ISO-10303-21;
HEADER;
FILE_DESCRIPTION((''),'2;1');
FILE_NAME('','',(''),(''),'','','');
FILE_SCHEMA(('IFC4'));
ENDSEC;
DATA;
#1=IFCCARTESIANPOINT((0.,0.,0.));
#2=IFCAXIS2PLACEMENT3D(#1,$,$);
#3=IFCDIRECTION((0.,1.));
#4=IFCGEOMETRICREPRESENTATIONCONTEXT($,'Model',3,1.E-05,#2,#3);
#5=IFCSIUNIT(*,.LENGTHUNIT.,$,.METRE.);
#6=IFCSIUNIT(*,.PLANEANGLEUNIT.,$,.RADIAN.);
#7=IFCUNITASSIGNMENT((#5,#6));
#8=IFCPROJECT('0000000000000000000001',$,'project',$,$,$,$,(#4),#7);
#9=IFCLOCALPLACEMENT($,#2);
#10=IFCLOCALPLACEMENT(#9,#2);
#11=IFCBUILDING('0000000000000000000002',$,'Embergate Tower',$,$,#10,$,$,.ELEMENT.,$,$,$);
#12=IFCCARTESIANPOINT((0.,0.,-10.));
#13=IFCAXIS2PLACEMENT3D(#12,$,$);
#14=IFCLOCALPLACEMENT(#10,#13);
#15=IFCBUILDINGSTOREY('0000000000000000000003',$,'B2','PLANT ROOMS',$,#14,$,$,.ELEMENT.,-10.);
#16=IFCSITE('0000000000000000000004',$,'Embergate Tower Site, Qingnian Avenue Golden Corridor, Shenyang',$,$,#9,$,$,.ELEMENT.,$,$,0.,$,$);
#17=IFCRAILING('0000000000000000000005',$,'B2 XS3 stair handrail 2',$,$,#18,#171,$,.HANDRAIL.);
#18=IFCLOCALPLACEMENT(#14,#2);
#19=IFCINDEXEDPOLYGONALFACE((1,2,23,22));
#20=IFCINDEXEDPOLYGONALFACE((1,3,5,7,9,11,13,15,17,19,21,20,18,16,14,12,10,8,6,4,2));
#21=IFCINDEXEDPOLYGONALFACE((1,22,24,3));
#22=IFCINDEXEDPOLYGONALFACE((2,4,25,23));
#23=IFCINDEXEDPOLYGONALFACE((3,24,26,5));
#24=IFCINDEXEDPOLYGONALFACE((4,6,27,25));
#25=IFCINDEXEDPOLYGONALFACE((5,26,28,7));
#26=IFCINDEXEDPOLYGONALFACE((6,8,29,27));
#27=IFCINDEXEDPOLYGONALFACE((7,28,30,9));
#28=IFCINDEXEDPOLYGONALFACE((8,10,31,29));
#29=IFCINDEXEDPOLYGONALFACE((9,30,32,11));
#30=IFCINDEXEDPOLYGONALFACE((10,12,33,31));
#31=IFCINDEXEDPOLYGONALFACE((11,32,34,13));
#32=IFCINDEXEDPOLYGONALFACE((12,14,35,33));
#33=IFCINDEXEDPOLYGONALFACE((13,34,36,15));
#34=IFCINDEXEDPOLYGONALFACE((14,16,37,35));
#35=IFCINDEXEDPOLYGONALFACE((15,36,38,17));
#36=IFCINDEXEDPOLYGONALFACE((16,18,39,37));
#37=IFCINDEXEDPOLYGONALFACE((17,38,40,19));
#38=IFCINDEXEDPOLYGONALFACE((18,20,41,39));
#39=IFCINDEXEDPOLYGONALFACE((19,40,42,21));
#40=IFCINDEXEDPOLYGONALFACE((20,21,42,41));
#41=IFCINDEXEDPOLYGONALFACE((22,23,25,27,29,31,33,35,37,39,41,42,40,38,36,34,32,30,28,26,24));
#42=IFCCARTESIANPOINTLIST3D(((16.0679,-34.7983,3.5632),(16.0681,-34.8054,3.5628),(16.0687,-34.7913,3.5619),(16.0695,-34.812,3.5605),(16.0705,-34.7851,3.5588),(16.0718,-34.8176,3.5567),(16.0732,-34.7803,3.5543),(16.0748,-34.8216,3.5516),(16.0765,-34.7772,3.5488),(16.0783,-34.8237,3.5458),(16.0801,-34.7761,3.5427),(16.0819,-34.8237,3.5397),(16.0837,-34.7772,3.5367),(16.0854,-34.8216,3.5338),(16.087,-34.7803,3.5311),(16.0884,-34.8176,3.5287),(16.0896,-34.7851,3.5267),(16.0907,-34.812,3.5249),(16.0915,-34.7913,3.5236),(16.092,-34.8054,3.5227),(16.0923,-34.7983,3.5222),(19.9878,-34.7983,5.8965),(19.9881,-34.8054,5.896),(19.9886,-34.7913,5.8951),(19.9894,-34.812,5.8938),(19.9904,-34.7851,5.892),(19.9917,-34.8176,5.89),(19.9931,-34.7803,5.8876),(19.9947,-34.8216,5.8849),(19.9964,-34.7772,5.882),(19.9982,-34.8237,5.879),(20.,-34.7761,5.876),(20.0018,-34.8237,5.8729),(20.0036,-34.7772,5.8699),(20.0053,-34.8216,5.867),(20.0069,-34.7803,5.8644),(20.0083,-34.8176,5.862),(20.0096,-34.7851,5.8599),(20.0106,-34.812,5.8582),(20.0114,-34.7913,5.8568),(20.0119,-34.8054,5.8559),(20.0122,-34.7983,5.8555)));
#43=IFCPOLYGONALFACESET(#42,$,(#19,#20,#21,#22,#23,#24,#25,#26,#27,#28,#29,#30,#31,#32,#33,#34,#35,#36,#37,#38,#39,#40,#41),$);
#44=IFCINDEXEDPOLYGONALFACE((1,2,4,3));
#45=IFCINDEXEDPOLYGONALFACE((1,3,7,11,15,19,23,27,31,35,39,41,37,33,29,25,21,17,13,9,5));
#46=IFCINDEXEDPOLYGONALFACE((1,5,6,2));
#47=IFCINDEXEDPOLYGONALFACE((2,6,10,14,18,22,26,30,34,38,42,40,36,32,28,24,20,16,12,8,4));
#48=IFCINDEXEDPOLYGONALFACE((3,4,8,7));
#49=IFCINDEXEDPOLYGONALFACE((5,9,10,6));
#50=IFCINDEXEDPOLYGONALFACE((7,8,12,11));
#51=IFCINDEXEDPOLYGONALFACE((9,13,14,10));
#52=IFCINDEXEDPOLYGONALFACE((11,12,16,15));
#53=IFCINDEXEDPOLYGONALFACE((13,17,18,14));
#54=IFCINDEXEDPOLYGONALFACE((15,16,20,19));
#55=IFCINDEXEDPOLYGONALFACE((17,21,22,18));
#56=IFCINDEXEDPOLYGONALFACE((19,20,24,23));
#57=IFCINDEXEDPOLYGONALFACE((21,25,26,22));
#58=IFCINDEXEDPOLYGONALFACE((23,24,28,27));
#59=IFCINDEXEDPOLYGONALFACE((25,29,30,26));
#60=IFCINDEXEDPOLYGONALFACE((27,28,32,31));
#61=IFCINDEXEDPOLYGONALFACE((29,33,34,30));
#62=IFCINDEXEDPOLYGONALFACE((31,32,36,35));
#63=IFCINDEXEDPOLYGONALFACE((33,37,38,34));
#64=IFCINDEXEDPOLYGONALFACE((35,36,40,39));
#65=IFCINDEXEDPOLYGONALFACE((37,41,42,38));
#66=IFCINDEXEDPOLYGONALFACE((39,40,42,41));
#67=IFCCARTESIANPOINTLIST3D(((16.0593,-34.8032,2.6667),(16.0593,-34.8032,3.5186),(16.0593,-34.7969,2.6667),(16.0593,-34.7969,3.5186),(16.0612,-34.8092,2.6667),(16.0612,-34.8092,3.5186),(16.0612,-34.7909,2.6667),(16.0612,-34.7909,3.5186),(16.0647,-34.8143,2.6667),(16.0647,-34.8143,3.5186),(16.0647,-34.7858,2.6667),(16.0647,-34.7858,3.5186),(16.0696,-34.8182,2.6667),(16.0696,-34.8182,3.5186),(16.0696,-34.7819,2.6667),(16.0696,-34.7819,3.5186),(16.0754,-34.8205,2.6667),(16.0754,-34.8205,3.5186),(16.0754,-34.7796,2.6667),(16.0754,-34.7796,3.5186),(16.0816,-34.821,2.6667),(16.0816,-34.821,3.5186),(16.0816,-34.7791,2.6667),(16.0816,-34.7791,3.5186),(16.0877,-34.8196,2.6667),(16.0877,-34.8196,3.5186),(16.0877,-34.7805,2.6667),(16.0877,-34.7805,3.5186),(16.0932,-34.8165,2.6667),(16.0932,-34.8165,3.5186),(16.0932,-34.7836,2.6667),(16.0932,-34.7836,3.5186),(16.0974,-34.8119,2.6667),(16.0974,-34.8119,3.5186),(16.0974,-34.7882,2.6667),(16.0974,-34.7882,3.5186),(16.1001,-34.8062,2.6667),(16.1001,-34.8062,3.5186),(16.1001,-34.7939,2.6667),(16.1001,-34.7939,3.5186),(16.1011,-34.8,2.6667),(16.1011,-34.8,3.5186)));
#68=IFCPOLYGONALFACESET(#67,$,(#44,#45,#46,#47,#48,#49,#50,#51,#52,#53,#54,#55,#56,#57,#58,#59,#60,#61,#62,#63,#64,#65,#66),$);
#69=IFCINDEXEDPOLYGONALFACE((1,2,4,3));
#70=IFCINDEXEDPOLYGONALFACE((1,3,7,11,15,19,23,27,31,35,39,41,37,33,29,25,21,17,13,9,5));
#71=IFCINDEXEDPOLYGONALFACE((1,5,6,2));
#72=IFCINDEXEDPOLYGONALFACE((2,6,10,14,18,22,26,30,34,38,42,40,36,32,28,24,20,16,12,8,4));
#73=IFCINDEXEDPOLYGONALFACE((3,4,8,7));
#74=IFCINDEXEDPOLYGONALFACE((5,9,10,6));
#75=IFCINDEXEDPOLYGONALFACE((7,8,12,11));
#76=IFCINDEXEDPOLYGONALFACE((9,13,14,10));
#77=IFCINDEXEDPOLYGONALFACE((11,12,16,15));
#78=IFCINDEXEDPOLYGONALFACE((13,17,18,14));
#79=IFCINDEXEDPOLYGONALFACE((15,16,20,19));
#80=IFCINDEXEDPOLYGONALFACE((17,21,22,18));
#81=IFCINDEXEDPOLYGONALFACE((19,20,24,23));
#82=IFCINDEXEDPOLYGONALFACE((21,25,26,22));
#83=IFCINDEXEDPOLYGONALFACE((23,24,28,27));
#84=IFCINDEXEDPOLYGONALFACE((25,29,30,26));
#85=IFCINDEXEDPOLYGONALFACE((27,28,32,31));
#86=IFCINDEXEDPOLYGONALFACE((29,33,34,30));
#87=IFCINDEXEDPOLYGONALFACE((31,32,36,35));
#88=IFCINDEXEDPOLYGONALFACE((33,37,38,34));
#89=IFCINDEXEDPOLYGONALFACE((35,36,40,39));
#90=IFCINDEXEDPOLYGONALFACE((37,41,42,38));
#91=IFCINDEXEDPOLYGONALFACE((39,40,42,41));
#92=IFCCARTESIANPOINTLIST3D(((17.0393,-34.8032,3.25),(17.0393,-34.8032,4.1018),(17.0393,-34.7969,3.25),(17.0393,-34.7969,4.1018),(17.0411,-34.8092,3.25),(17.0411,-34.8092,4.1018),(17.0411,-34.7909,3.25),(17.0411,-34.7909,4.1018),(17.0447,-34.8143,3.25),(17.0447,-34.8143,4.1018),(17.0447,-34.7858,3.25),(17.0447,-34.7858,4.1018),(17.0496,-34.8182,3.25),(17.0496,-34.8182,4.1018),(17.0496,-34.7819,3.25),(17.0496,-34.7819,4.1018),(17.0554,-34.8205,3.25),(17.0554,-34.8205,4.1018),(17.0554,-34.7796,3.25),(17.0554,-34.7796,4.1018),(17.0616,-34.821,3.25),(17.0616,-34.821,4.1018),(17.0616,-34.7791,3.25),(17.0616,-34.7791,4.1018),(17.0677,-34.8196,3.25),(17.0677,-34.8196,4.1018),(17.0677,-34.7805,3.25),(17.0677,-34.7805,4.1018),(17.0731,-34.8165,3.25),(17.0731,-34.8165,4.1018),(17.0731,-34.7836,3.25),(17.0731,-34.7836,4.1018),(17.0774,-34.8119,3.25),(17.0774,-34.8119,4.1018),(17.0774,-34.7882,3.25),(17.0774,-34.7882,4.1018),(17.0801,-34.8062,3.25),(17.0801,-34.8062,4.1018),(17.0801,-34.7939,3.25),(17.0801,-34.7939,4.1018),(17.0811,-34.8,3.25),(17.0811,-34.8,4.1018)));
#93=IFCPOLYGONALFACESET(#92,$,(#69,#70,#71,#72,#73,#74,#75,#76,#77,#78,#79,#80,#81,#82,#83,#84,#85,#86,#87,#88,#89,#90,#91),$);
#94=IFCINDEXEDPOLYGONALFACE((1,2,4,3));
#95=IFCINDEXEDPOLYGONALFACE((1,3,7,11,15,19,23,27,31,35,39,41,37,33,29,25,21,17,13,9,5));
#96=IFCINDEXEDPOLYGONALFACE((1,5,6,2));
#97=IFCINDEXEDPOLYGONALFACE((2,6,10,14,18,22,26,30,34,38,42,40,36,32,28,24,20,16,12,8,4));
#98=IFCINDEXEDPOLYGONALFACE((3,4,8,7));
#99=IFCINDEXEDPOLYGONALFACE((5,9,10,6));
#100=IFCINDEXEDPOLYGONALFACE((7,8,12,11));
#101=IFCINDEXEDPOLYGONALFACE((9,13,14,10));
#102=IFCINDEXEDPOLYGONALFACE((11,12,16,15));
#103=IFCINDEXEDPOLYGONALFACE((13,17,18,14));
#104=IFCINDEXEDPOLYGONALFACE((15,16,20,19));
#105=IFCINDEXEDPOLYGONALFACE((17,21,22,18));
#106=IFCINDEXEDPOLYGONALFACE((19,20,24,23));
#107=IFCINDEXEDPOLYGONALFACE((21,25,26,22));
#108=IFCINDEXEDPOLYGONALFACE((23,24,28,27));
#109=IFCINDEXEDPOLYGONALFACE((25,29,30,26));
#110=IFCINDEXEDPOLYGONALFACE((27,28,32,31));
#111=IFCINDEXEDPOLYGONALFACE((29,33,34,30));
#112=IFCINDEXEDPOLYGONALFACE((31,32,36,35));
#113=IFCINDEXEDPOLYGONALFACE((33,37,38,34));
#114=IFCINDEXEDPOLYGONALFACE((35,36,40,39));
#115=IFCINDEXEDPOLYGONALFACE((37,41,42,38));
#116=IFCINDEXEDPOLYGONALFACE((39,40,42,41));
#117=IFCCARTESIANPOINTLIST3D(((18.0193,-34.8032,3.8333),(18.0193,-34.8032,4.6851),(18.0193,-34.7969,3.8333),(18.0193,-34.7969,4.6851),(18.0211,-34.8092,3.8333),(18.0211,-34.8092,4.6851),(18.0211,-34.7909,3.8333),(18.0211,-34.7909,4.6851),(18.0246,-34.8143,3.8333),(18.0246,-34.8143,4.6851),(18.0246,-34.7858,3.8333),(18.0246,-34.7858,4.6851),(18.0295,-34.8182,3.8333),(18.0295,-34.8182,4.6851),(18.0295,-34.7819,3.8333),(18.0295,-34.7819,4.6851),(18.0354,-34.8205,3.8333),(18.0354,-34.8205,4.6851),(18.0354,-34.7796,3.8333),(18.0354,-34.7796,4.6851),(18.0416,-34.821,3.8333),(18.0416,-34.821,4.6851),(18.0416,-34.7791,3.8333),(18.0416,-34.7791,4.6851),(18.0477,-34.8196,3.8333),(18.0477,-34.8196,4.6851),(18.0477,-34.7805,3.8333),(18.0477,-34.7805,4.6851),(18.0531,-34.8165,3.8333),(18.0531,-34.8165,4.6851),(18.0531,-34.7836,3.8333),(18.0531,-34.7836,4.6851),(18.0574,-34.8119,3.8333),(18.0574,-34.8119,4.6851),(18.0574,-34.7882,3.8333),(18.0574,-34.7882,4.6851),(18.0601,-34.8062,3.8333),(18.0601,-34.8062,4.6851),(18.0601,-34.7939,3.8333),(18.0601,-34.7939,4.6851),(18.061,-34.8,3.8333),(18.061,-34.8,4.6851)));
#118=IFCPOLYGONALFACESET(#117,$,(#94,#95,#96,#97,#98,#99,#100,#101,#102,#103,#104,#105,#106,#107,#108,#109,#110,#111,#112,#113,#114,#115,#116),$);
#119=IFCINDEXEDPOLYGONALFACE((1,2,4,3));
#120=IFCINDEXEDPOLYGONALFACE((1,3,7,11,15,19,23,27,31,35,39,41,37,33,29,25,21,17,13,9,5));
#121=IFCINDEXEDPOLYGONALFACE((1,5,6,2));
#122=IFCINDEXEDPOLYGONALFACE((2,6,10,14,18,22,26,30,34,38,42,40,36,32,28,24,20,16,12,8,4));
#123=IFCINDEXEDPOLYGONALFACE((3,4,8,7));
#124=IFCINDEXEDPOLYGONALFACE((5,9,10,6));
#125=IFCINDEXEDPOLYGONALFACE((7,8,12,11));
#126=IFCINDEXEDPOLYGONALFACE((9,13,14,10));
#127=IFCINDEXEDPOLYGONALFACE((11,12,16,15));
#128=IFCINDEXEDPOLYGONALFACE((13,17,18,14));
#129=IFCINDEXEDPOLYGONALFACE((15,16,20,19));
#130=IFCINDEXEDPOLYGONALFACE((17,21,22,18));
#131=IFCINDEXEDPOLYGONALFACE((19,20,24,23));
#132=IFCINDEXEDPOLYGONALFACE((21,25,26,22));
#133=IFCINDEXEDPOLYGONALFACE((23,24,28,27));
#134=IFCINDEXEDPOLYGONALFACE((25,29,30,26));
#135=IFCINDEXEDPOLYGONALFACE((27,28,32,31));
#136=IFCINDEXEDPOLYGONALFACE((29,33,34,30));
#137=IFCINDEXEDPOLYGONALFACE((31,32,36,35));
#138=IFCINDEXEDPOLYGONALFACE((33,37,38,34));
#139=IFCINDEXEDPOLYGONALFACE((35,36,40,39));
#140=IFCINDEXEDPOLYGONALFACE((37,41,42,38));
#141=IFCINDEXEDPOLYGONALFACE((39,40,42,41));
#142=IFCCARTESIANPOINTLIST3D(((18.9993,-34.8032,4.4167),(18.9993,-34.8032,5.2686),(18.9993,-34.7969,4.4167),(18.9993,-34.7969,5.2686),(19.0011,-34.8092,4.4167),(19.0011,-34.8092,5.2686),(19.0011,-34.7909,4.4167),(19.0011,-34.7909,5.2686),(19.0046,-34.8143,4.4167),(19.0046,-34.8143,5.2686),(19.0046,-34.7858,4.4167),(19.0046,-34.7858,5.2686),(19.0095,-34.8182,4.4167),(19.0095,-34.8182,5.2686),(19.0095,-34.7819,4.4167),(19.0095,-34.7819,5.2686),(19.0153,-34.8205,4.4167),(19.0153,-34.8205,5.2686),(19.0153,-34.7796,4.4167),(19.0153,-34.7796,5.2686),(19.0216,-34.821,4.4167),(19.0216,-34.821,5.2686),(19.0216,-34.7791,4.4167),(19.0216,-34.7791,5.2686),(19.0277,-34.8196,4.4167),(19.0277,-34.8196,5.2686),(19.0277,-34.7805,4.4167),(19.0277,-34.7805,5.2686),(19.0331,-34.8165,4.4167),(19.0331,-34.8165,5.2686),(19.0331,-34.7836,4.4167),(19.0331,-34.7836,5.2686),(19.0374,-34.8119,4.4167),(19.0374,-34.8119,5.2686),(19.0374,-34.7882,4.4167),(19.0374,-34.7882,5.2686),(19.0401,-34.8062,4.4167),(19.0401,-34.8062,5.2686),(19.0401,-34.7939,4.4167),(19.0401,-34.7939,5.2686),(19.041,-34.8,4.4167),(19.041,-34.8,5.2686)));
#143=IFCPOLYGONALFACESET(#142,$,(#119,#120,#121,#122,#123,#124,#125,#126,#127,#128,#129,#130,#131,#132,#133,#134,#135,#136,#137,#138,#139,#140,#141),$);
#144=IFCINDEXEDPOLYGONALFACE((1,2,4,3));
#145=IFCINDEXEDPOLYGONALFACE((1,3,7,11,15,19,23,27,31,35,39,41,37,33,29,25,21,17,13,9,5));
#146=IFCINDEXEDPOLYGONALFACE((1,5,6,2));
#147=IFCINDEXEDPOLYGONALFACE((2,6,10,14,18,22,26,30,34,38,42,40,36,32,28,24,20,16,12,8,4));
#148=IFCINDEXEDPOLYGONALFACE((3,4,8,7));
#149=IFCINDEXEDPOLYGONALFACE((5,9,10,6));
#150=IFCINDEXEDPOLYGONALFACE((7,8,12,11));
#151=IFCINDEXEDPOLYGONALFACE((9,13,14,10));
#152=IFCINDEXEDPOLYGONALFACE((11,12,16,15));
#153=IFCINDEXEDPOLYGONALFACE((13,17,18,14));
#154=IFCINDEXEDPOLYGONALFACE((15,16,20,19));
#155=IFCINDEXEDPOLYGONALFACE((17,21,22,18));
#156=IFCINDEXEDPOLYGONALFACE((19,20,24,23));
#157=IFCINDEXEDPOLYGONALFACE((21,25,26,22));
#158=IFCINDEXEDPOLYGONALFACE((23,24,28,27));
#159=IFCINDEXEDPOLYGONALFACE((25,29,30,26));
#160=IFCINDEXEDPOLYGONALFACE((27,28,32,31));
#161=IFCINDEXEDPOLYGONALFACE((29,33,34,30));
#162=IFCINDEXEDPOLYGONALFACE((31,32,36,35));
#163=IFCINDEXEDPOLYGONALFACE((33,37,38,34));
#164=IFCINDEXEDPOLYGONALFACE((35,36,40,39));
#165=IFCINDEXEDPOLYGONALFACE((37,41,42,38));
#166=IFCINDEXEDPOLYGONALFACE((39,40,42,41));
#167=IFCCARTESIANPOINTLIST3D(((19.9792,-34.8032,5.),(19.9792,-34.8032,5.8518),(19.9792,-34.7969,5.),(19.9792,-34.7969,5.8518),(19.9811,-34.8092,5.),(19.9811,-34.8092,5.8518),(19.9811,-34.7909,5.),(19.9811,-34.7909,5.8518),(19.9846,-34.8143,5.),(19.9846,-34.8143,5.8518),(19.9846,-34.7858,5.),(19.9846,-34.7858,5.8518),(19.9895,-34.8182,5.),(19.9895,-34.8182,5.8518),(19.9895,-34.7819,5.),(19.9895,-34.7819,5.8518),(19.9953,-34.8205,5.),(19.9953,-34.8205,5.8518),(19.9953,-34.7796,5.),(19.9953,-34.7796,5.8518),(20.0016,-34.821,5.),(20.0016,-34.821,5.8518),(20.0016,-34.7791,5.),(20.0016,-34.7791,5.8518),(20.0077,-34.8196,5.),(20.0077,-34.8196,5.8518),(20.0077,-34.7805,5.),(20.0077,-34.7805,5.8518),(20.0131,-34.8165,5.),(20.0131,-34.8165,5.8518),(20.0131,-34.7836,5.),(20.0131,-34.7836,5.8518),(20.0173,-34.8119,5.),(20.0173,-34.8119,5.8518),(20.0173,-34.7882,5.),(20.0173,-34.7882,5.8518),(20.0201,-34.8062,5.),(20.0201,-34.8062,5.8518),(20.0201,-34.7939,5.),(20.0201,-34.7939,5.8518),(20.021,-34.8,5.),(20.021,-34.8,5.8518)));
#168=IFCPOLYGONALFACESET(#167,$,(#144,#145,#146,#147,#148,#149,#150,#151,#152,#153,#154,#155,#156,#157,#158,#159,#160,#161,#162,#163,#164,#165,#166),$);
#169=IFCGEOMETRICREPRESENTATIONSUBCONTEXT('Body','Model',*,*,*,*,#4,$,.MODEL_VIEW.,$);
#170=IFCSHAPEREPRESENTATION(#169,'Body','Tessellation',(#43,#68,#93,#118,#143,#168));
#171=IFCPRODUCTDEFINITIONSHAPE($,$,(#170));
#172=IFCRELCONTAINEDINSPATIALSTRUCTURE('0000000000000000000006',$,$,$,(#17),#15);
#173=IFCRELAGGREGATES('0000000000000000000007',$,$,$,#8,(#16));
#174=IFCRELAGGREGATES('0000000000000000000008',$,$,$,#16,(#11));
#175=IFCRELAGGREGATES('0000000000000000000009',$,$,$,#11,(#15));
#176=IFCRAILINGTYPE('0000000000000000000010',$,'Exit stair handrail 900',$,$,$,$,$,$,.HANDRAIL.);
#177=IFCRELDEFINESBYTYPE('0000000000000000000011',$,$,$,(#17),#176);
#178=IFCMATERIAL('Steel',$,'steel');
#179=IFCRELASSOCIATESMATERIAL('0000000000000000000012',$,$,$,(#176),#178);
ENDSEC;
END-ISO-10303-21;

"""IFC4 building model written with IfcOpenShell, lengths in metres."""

from ifc_helpers import new_model, si_unit, direction, frame, origin, origin_2d, place, context, subcontext, project, spatial, circle, extrude, source, transform, mapped, material, type_object, element, save


model = new_model("IFC4")

# Units and contexts
model_context = context("Model", 3, precision=1e-05, world=origin(), true_north=direction((0.0, 1.0)))
body_context = subcontext(model_context, "Body", "Model", "MODEL_VIEW")
ifc_project = project(units=[si_unit("LENGTHUNIT", "METRE"), si_unit("PLANEANGLEUNIT", "RADIAN")], contexts=[model_context])

# Site, building, storey
site_placement = place(None, origin())
site = spatial("IfcSite", under=ifc_project, at=site_placement, Name="Embergate Tower Site, Qingnian Avenue Golden Corridor, Shenyang", CompositionType="ELEMENT", RefElevation=0.0)
building_placement = place(site_placement, origin())
building = spatial("IfcBuilding", under=site, at=building_placement, Name="Embergate Tower", CompositionType="ELEMENT")
storey_placement = place(building_placement, frame((0.0, 0.0, -10.0)))
storey = spatial("IfcBuildingStorey", under=building, at=storey_placement, Name="B2", Description="PLANT ROOMS", CompositionType="ELEMENT", Elevation=-10.0)

# Railing
ifc_material_1 = material(Name="Steel", Category="steel")
railing_type_1 = type_object("IfcRailingType", Name="Exit stair handrail 900", PredefinedType="HANDRAIL", material=ifc_material_1)
shared_shape_1 = source(origin(), body_context, "Body", "SweptSolid", [
    extrude(circle(Radius=0.0239, at=origin_2d()), frame((0.0, 0.0, 0.876), z_axis=(0.859296, 0.0, 0.511478), x_axis=(0.0, 1.0, 0.0)), (0.0, 0.0, 1.0), 4.5618),
    extrude(circle(Radius=0.021, at=origin_2d()), origin(), (0.0, 0.0, 1.0), 0.8518),
    extrude(circle(Radius=0.021, at=origin_2d()), frame((0.98, 0.0, 0.5833)), (0.0, 0.0, 1.0), 0.8518),
    extrude(circle(Radius=0.021, at=origin_2d()), frame((1.96, 0.0, 1.1665)), (0.0, 0.0, 1.0), 0.8518),
    extrude(circle(Radius=0.021, at=origin_2d()), frame((2.9399, 0.0, 1.75)), (0.0, 0.0, 1.0), 0.8518),
    extrude(circle(Radius=0.021, at=origin_2d()), frame((3.9199, 0.0, 2.3333)), (0.0, 0.0, 1.0), 0.8518),
])
railing_1_placement = place(storey_placement, frame((16.0801, -34.8, 2.6667)))
element("IfcRailing", 1, at=railing_1_placement, inside=storey, type_object=railing_type_1, Name="B2 XS3 stair handrail 2", PredefinedType="HANDRAIL", context=body_context, shape_type="MappedRepresentation", body=[
    mapped(shared_shape_1, transform((0.0, 0.0, 0.0))),
])

save(model, "model.ifc")
